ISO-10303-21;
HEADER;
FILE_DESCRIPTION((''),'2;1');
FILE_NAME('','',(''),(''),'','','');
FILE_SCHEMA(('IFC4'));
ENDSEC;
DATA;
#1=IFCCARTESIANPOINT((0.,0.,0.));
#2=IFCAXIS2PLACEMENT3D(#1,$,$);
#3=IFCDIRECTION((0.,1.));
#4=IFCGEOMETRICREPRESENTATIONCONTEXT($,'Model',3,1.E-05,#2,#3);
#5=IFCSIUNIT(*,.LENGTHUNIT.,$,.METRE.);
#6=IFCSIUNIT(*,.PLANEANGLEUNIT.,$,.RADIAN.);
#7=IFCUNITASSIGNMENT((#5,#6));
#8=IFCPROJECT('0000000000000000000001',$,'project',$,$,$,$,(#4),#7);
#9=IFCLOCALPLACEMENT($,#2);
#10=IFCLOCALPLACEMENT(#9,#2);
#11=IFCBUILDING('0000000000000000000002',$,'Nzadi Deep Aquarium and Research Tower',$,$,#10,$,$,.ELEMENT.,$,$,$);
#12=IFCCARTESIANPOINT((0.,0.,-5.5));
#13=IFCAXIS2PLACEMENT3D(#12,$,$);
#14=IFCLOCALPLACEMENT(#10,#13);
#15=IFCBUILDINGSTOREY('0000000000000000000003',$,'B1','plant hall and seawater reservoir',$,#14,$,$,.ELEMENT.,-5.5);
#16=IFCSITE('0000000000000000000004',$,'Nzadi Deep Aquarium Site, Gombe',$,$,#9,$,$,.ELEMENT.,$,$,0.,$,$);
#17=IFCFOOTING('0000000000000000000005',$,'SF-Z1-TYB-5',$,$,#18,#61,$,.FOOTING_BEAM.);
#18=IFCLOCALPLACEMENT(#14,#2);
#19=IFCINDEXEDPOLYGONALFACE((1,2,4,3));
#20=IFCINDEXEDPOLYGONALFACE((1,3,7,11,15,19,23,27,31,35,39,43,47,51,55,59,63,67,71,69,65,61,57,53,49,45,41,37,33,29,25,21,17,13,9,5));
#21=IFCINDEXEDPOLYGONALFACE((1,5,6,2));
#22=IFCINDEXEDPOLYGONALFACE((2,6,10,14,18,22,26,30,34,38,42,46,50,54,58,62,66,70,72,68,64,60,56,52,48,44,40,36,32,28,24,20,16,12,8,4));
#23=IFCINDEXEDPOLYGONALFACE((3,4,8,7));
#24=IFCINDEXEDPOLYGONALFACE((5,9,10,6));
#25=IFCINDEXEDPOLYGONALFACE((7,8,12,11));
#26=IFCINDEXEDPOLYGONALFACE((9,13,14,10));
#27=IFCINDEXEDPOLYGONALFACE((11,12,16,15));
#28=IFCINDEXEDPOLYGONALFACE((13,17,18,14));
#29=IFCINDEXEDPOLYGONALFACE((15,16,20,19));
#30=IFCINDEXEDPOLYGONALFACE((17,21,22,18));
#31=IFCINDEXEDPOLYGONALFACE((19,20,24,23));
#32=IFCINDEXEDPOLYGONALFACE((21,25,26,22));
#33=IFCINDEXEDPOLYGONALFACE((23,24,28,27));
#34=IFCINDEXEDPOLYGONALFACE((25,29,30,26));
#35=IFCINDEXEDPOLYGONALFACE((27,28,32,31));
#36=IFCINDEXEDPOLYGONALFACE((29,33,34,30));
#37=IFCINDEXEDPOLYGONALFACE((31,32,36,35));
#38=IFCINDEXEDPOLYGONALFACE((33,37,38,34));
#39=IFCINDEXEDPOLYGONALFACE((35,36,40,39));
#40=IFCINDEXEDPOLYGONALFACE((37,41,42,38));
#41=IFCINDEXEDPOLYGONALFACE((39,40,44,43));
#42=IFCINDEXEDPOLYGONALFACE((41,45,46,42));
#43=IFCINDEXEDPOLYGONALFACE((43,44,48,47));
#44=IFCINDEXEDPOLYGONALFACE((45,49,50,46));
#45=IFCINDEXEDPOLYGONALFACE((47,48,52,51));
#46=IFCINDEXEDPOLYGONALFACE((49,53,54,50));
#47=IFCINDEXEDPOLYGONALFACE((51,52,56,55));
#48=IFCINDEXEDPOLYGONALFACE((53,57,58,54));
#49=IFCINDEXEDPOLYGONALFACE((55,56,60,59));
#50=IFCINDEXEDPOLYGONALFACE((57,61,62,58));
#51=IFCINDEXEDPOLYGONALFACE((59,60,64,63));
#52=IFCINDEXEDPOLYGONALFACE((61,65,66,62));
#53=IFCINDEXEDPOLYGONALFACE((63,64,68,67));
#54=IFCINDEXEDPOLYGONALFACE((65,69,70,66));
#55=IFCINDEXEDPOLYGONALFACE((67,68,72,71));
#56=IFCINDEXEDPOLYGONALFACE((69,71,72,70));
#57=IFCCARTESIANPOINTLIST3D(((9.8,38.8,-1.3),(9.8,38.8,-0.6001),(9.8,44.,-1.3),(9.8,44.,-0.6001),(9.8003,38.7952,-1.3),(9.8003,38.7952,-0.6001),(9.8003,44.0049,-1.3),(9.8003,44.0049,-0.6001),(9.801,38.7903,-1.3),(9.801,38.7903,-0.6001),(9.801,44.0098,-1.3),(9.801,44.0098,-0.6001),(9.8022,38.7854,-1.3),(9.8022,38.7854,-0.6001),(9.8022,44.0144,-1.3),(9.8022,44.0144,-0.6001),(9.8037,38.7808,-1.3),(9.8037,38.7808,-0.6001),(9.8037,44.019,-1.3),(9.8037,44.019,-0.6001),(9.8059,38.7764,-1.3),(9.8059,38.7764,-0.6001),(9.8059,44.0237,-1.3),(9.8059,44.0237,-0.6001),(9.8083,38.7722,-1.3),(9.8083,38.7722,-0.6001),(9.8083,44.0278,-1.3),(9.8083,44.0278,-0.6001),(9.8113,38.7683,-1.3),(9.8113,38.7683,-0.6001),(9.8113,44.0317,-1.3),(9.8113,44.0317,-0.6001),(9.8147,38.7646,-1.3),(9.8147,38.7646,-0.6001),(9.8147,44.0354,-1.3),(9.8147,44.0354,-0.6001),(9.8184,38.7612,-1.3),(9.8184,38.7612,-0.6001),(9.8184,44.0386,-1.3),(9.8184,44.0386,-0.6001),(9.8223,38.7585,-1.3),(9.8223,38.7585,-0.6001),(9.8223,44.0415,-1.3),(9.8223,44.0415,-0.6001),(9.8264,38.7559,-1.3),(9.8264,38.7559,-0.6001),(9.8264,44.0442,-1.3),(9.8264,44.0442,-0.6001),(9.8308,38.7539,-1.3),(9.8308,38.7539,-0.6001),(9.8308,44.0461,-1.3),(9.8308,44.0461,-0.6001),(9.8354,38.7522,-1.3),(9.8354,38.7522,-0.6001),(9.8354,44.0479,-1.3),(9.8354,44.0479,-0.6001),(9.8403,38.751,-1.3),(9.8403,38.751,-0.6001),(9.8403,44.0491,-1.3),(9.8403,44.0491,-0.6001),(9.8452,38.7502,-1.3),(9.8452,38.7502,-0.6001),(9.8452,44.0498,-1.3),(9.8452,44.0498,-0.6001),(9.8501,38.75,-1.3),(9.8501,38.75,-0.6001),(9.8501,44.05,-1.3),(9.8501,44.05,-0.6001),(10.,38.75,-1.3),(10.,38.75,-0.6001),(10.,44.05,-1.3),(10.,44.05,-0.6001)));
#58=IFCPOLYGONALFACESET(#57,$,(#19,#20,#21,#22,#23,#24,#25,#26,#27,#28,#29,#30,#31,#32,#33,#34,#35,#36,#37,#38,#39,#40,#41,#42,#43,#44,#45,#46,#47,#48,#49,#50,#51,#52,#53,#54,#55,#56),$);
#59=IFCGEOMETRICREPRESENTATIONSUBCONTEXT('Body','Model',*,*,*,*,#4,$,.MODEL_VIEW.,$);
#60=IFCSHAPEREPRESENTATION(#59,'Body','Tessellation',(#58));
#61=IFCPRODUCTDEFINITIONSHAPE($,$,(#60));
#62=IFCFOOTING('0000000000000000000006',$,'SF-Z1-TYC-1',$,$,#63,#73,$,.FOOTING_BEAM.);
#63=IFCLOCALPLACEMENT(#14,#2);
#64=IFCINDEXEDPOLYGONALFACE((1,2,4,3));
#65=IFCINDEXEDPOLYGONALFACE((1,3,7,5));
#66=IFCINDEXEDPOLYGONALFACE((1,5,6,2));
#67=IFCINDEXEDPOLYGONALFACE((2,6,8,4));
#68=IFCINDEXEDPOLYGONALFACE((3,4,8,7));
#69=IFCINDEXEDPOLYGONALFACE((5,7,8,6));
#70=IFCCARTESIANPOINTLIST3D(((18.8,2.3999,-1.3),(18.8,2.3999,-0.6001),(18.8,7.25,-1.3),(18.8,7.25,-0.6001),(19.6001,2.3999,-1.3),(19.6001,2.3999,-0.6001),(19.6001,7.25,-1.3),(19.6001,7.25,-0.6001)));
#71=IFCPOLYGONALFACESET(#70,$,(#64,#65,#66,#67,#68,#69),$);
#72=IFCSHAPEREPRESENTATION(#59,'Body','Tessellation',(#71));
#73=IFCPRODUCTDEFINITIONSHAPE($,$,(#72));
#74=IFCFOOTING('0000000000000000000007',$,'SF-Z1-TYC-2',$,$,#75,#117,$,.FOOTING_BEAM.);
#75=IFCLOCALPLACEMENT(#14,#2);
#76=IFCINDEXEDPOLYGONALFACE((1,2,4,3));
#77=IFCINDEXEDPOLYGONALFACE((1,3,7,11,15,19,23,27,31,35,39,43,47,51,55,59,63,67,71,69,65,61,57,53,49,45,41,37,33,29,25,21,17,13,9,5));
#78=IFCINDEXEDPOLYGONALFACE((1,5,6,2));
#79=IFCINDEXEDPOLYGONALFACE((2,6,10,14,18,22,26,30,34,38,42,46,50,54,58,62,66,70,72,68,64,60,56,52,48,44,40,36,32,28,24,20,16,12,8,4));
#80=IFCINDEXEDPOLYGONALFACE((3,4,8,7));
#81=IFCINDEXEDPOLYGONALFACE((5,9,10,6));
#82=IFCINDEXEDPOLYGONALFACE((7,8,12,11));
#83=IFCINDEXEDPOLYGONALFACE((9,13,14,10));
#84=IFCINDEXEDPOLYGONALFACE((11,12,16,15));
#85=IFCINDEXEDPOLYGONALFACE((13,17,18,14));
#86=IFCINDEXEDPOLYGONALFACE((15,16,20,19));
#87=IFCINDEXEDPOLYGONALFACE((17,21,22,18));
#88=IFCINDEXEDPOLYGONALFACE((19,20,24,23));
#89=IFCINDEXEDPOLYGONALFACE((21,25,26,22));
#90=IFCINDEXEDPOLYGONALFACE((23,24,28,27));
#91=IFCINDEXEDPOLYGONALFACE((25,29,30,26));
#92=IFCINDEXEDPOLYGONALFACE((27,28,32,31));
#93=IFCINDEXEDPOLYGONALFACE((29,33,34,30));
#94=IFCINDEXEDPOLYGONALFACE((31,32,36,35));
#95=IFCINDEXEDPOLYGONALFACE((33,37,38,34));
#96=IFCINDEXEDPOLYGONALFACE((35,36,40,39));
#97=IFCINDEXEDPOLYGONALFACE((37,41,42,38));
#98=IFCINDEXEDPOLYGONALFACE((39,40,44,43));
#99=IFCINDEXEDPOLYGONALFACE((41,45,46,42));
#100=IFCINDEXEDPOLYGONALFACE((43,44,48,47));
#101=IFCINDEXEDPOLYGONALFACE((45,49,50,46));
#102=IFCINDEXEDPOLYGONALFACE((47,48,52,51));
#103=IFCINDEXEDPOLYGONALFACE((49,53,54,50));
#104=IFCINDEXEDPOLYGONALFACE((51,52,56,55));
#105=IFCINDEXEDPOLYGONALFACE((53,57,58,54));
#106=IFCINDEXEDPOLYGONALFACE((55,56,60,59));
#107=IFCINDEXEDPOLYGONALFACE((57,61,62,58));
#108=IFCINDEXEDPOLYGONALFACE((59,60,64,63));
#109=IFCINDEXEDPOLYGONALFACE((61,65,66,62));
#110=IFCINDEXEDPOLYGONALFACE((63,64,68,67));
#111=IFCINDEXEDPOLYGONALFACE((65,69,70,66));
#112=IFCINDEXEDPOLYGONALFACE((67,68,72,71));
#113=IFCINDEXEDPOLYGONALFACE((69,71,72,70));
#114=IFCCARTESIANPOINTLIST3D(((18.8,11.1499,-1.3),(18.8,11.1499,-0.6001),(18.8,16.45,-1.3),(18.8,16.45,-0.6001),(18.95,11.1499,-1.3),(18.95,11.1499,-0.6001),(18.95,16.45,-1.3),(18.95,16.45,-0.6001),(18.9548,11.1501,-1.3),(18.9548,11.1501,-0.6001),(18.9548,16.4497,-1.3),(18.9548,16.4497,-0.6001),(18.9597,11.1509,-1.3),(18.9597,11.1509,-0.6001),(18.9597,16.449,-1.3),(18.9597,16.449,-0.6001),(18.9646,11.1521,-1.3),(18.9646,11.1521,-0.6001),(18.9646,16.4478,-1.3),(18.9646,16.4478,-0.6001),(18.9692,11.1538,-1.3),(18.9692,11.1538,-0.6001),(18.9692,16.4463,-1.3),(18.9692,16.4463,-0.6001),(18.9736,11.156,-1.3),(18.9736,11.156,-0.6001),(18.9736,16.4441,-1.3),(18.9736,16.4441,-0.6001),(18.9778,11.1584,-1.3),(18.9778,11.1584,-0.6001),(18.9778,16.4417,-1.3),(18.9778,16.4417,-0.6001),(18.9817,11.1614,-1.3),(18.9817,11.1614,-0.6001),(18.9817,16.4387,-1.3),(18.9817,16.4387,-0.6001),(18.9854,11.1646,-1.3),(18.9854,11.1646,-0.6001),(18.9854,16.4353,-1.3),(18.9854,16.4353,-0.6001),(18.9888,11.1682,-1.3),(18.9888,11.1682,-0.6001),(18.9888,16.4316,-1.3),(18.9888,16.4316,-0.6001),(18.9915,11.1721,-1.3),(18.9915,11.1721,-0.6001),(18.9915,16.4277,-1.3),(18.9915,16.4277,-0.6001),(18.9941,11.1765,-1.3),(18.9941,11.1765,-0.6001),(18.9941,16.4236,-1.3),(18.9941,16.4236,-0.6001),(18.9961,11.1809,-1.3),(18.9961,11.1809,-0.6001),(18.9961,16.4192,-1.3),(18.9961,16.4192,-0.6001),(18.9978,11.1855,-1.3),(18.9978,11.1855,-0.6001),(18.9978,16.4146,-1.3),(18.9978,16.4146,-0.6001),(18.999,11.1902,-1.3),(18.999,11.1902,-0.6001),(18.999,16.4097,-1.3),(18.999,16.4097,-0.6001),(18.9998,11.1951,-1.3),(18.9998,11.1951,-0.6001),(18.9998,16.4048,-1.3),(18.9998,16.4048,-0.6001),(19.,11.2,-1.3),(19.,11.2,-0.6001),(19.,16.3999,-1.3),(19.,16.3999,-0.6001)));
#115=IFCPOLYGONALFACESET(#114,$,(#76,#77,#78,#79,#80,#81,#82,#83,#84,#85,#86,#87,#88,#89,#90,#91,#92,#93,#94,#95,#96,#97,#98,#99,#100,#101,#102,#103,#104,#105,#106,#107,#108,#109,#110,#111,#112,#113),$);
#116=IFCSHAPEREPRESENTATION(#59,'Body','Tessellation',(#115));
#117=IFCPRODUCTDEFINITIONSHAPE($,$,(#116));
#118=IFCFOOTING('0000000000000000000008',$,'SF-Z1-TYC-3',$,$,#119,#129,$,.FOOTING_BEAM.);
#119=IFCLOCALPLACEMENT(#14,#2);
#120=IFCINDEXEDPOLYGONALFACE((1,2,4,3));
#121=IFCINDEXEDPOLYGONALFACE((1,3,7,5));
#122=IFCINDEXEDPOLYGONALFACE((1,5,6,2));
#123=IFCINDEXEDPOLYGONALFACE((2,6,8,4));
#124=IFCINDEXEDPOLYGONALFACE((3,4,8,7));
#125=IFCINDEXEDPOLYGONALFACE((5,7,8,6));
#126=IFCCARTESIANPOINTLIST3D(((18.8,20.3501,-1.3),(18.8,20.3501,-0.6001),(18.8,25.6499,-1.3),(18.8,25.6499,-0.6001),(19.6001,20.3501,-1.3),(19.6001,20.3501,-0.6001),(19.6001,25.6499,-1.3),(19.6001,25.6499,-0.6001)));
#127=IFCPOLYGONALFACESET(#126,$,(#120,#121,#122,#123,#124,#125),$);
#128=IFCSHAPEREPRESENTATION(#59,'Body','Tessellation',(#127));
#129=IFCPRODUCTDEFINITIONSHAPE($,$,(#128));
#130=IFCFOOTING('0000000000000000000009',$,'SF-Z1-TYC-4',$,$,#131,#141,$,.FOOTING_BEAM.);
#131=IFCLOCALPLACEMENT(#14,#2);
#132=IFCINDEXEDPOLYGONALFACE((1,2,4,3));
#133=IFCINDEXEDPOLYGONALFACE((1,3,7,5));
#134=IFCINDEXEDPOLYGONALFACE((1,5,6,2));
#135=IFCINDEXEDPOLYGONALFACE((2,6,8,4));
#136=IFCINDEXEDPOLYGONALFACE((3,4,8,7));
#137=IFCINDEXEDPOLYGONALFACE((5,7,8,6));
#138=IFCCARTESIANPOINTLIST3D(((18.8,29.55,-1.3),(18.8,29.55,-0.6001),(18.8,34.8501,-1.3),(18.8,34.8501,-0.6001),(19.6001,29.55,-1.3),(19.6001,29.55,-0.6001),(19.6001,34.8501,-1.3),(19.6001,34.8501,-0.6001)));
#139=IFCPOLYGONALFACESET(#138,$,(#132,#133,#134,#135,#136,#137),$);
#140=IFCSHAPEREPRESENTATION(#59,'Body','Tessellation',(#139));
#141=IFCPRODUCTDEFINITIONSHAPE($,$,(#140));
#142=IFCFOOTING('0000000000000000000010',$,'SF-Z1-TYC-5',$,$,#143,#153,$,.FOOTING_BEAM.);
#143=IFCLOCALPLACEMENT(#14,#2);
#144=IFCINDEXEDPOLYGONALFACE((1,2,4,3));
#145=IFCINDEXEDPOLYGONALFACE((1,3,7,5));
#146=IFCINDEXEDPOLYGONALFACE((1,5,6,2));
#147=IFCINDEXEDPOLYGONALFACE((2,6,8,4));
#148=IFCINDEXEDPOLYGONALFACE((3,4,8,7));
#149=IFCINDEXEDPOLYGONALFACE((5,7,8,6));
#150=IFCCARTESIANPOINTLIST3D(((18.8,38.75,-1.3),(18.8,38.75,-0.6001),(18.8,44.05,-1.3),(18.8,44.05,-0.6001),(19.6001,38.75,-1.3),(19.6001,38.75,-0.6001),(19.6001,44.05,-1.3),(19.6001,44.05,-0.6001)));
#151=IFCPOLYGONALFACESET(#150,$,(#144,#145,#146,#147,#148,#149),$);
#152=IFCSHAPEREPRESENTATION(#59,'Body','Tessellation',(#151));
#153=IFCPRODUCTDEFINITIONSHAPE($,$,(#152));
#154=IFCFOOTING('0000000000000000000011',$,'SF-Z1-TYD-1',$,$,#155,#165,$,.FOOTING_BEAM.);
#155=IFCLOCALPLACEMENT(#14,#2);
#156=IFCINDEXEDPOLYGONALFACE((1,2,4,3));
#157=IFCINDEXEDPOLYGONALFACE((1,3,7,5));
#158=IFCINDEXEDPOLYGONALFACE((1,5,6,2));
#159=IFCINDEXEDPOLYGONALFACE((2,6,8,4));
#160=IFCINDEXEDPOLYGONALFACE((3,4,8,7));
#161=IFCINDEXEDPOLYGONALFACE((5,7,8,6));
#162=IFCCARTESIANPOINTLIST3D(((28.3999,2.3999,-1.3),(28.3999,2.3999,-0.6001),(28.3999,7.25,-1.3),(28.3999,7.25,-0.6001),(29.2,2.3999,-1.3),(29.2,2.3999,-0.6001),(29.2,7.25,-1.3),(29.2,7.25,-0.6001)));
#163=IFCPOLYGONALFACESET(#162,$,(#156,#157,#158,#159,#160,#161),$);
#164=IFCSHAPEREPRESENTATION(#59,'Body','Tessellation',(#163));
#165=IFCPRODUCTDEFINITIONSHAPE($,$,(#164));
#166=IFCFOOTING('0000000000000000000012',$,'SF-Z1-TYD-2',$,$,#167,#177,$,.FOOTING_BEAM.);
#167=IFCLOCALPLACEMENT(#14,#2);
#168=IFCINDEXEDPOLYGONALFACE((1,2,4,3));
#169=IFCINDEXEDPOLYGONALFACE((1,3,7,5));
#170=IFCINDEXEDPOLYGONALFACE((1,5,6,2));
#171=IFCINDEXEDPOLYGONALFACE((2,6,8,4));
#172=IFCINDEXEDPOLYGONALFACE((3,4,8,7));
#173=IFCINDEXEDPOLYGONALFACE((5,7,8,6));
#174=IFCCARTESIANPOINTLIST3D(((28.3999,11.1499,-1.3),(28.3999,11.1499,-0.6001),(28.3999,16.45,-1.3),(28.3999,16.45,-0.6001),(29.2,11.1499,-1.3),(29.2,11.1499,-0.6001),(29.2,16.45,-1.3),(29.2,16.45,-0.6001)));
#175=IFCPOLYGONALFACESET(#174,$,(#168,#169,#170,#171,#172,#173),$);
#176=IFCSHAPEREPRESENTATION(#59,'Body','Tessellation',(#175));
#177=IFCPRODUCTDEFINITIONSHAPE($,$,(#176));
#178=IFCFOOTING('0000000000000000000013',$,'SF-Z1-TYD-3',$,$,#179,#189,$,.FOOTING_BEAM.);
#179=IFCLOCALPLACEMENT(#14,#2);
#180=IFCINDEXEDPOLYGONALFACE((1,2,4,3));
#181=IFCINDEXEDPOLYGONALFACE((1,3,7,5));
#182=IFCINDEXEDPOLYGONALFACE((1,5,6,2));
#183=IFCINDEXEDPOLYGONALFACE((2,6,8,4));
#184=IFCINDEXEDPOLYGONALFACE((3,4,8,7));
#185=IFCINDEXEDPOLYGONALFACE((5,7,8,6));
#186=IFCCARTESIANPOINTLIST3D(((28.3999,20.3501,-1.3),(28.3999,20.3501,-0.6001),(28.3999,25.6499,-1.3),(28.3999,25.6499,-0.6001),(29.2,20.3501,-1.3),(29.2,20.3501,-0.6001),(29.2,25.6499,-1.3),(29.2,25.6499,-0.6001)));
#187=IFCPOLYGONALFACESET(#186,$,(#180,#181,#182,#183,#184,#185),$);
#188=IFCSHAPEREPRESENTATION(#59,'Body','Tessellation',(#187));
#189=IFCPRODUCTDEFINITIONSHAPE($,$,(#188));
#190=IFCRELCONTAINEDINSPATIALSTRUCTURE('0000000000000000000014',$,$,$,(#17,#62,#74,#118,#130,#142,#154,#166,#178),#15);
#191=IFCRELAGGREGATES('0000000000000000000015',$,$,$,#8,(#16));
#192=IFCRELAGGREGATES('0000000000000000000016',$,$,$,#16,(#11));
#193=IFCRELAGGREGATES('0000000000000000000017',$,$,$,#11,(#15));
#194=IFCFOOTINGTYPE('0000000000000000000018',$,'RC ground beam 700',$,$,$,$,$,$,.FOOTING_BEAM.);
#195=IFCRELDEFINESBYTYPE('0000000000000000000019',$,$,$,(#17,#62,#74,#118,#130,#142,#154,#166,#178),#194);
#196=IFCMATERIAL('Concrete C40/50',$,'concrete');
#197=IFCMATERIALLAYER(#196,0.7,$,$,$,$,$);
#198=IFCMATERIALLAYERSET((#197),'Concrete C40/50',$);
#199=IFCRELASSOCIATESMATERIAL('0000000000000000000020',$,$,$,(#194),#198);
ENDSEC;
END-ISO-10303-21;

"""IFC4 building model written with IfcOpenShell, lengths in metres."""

from ifc_helpers import new_model, si_unit, direction, frame, origin, place, context, subcontext, project, spatial, polyline, outline, extrude, material, layer, layer_set, type_object, element, save


model = new_model("IFC4")

# Units and contexts
model_context = context("Model", 3, precision=1e-05, world=origin(), true_north=direction((0.0, 1.0)))
body_context = subcontext(model_context, "Body", "Model", "MODEL_VIEW")
ifc_project = project(units=[si_unit("LENGTHUNIT", "METRE"), si_unit("PLANEANGLEUNIT", "RADIAN")], contexts=[model_context])

# Site, building, storey
site_placement = place(None, origin())
site = spatial("IfcSite", under=ifc_project, at=site_placement, Name="Nzadi Deep Aquarium Site, Gombe", CompositionType="ELEMENT", RefElevation=0.0)
building_placement = place(site_placement, origin())
building = spatial("IfcBuilding", under=site, at=building_placement, Name="Nzadi Deep Aquarium and Research Tower", CompositionType="ELEMENT")
storey_placement = place(building_placement, frame((0.0, 0.0, -5.5)))
storey = spatial("IfcBuildingStorey", under=building, at=storey_placement, Name="B1", Description="plant hall and seawater reservoir", CompositionType="ELEMENT", Elevation=-5.5)

# Footings
ifc_material = material(Name="Concrete C40/50", Category="concrete")
ifc_layer = layer(ifc_material, 0.7)
ifc_layer_set = layer_set([ifc_layer], Name="Concrete C40/50")
footing_type = type_object("IfcFootingType", Name="RC ground beam 700", PredefinedType="FOOTING_BEAM", material=ifc_layer_set)
footing_1_placement = place(storey_placement, frame((0.0, 0.0, -1.3)))
element("IfcFooting", 1, at=footing_1_placement, inside=storey, type_object=footing_type, Name="SF-Z1-TYB-5", PredefinedType="FOOTING_BEAM", context=body_context, shape_type="SweptSolid", body=[
    extrude(outline(polyline([(10.0, 38.75), (10.0, 44.05), (9.8501, 44.05), (9.8452, 44.0498), (9.8403, 44.0491), (9.8354, 44.0479), (9.8308, 44.0461), (9.8264, 44.0442), (9.8223, 44.0415), (9.8184, 44.0386), (9.8147, 44.0354), (9.8113, 44.0317), (9.8083, 44.0278), (9.8059, 44.0237), (9.8037, 44.019), (9.8022, 44.0144), (9.801, 44.0098), (9.8003, 44.0049), (9.8, 44.0), (9.8, 38.8), (9.8003, 38.7952), (9.801, 38.7903), (9.8022, 38.7854), (9.8037, 38.7808), (9.8059, 38.7764), (9.8083, 38.7722), (9.8113, 38.7683), (9.8147, 38.7646), (9.8184, 38.7612), (9.8223, 38.7585), (9.8264, 38.7559), (9.8308, 38.7539), (9.8354, 38.7522), (9.8403, 38.751), (9.8452, 38.7502), (9.8501, 38.75), (10.0, 38.75)])), origin(), (0.0, 0.0, 1.0), 0.7),
])
footing_2_placement = place(storey_placement, frame((0.0, 0.0, -1.3)))
element("IfcFooting", 2, at=footing_2_placement, inside=storey, type_object=footing_type, Name="SF-Z1-TYC-1", PredefinedType="FOOTING_BEAM", context=body_context, shape_type="SweptSolid", body=[
    extrude(outline(polyline([(19.6001, 2.3999), (19.6001, 7.25), (18.8, 7.25), (18.8, 2.3999), (19.6001, 2.3999)])), origin(), (0.0, 0.0, 1.0), 0.7),
])
footing_3_placement = place(storey_placement, frame((0.0, 0.0, -1.3)))
element("IfcFooting", 3, at=footing_3_placement, inside=storey, type_object=footing_type, Name="SF-Z1-TYC-2", PredefinedType="FOOTING_BEAM", context=body_context, shape_type="SweptSolid", body=[
    extrude(outline(polyline([(18.8, 16.45), (18.8, 11.1499), (18.95, 11.1499), (18.9548, 11.1501), (18.9597, 11.1509), (18.9646, 11.1521), (18.9692, 11.1538), (18.9736, 11.156), (18.9778, 11.1584), (18.9817, 11.1614), (18.9854, 11.1646), (18.9888, 11.1682), (18.9915, 11.1721), (18.9941, 11.1765), (18.9961, 11.1809), (18.9978, 11.1855), (18.999, 11.1902), (18.9998, 11.1951), (19.0, 11.2), (19.0, 16.3999), (18.9998, 16.4048), (18.999, 16.4097), (18.9978, 16.4146), (18.9961, 16.4192), (18.9941, 16.4236), (18.9915, 16.4277), (18.9888, 16.4316), (18.9854, 16.4353), (18.9817, 16.4387), (18.9778, 16.4417), (18.9736, 16.4441), (18.9692, 16.4463), (18.9646, 16.4478), (18.9597, 16.449), (18.9548, 16.4497), (18.95, 16.45), (18.8, 16.45)])), origin(), (0.0, 0.0, 1.0), 0.7),
])
footing_4_placement = place(storey_placement, frame((0.0, 0.0, -1.3)))
element("IfcFooting", 4, at=footing_4_placement, inside=storey, type_object=footing_type, Name="SF-Z1-TYC-3", PredefinedType="FOOTING_BEAM", context=body_context, shape_type="SweptSolid", body=[
    extrude(outline(polyline([(19.6001, 20.3501), (19.6001, 25.6499), (18.8, 25.6499), (18.8, 20.3501), (19.6001, 20.3501)])), origin(), (0.0, 0.0, 1.0), 0.7),
])
footing_5_placement = place(storey_placement, frame((0.0, 0.0, -1.3)))
element("IfcFooting", 5, at=footing_5_placement, inside=storey, type_object=footing_type, Name="SF-Z1-TYC-4", PredefinedType="FOOTING_BEAM", context=body_context, shape_type="SweptSolid", body=[
    extrude(outline(polyline([(19.6001, 29.55), (19.6001, 34.8501), (18.8, 34.8501), (18.8, 29.55), (19.6001, 29.55)])), origin(), (0.0, 0.0, 1.0), 0.7),
])
footing_6_placement = place(storey_placement, frame((0.0, 0.0, -1.3)))
element("IfcFooting", 6, at=footing_6_placement, inside=storey, type_object=footing_type, Name="SF-Z1-TYC-5", PredefinedType="FOOTING_BEAM", context=body_context, shape_type="SweptSolid", body=[
    extrude(outline(polyline([(19.6001, 38.75), (19.6001, 44.05), (18.8, 44.05), (18.8, 38.75), (19.6001, 38.75)])), origin(), (0.0, 0.0, 1.0), 0.7),
])
footing_7_placement = place(storey_placement, frame((0.0, 0.0, -1.3)))
element("IfcFooting", 7, at=footing_7_placement, inside=storey, type_object=footing_type, Name="SF-Z1-TYD-1", PredefinedType="FOOTING_BEAM", context=body_context, shape_type="SweptSolid", body=[
    extrude(outline(polyline([(29.2, 2.3999), (29.2, 7.25), (28.3999, 7.25), (28.3999, 2.3999), (29.2, 2.3999)])), origin(), (0.0, 0.0, 1.0), 0.7),
])
footing_8_placement = place(storey_placement, frame((0.0, 0.0, -1.3)))
element("IfcFooting", 8, at=footing_8_placement, inside=storey, type_object=footing_type, Name="SF-Z1-TYD-2", PredefinedType="FOOTING_BEAM", context=body_context, shape_type="SweptSolid", body=[
    extrude(outline(polyline([(29.2, 11.1499), (29.2, 16.45), (28.3999, 16.45), (28.3999, 11.1499), (29.2, 11.1499)])), origin(), (0.0, 0.0, 1.0), 0.7),
])
footing_9_placement = place(storey_placement, frame((0.0, 0.0, -1.3)))
element("IfcFooting", 9, at=footing_9_placement, inside=storey, type_object=footing_type, Name="SF-Z1-TYD-3", PredefinedType="FOOTING_BEAM", context=body_context, shape_type="SweptSolid", body=[
    extrude(outline(polyline([(29.2, 20.3501), (29.2, 25.6499), (28.3999, 25.6499), (28.3999, 20.3501), (29.2, 20.3501)])), origin(), (0.0, 0.0, 1.0), 0.7),
])

save(model, "model.ifc")
